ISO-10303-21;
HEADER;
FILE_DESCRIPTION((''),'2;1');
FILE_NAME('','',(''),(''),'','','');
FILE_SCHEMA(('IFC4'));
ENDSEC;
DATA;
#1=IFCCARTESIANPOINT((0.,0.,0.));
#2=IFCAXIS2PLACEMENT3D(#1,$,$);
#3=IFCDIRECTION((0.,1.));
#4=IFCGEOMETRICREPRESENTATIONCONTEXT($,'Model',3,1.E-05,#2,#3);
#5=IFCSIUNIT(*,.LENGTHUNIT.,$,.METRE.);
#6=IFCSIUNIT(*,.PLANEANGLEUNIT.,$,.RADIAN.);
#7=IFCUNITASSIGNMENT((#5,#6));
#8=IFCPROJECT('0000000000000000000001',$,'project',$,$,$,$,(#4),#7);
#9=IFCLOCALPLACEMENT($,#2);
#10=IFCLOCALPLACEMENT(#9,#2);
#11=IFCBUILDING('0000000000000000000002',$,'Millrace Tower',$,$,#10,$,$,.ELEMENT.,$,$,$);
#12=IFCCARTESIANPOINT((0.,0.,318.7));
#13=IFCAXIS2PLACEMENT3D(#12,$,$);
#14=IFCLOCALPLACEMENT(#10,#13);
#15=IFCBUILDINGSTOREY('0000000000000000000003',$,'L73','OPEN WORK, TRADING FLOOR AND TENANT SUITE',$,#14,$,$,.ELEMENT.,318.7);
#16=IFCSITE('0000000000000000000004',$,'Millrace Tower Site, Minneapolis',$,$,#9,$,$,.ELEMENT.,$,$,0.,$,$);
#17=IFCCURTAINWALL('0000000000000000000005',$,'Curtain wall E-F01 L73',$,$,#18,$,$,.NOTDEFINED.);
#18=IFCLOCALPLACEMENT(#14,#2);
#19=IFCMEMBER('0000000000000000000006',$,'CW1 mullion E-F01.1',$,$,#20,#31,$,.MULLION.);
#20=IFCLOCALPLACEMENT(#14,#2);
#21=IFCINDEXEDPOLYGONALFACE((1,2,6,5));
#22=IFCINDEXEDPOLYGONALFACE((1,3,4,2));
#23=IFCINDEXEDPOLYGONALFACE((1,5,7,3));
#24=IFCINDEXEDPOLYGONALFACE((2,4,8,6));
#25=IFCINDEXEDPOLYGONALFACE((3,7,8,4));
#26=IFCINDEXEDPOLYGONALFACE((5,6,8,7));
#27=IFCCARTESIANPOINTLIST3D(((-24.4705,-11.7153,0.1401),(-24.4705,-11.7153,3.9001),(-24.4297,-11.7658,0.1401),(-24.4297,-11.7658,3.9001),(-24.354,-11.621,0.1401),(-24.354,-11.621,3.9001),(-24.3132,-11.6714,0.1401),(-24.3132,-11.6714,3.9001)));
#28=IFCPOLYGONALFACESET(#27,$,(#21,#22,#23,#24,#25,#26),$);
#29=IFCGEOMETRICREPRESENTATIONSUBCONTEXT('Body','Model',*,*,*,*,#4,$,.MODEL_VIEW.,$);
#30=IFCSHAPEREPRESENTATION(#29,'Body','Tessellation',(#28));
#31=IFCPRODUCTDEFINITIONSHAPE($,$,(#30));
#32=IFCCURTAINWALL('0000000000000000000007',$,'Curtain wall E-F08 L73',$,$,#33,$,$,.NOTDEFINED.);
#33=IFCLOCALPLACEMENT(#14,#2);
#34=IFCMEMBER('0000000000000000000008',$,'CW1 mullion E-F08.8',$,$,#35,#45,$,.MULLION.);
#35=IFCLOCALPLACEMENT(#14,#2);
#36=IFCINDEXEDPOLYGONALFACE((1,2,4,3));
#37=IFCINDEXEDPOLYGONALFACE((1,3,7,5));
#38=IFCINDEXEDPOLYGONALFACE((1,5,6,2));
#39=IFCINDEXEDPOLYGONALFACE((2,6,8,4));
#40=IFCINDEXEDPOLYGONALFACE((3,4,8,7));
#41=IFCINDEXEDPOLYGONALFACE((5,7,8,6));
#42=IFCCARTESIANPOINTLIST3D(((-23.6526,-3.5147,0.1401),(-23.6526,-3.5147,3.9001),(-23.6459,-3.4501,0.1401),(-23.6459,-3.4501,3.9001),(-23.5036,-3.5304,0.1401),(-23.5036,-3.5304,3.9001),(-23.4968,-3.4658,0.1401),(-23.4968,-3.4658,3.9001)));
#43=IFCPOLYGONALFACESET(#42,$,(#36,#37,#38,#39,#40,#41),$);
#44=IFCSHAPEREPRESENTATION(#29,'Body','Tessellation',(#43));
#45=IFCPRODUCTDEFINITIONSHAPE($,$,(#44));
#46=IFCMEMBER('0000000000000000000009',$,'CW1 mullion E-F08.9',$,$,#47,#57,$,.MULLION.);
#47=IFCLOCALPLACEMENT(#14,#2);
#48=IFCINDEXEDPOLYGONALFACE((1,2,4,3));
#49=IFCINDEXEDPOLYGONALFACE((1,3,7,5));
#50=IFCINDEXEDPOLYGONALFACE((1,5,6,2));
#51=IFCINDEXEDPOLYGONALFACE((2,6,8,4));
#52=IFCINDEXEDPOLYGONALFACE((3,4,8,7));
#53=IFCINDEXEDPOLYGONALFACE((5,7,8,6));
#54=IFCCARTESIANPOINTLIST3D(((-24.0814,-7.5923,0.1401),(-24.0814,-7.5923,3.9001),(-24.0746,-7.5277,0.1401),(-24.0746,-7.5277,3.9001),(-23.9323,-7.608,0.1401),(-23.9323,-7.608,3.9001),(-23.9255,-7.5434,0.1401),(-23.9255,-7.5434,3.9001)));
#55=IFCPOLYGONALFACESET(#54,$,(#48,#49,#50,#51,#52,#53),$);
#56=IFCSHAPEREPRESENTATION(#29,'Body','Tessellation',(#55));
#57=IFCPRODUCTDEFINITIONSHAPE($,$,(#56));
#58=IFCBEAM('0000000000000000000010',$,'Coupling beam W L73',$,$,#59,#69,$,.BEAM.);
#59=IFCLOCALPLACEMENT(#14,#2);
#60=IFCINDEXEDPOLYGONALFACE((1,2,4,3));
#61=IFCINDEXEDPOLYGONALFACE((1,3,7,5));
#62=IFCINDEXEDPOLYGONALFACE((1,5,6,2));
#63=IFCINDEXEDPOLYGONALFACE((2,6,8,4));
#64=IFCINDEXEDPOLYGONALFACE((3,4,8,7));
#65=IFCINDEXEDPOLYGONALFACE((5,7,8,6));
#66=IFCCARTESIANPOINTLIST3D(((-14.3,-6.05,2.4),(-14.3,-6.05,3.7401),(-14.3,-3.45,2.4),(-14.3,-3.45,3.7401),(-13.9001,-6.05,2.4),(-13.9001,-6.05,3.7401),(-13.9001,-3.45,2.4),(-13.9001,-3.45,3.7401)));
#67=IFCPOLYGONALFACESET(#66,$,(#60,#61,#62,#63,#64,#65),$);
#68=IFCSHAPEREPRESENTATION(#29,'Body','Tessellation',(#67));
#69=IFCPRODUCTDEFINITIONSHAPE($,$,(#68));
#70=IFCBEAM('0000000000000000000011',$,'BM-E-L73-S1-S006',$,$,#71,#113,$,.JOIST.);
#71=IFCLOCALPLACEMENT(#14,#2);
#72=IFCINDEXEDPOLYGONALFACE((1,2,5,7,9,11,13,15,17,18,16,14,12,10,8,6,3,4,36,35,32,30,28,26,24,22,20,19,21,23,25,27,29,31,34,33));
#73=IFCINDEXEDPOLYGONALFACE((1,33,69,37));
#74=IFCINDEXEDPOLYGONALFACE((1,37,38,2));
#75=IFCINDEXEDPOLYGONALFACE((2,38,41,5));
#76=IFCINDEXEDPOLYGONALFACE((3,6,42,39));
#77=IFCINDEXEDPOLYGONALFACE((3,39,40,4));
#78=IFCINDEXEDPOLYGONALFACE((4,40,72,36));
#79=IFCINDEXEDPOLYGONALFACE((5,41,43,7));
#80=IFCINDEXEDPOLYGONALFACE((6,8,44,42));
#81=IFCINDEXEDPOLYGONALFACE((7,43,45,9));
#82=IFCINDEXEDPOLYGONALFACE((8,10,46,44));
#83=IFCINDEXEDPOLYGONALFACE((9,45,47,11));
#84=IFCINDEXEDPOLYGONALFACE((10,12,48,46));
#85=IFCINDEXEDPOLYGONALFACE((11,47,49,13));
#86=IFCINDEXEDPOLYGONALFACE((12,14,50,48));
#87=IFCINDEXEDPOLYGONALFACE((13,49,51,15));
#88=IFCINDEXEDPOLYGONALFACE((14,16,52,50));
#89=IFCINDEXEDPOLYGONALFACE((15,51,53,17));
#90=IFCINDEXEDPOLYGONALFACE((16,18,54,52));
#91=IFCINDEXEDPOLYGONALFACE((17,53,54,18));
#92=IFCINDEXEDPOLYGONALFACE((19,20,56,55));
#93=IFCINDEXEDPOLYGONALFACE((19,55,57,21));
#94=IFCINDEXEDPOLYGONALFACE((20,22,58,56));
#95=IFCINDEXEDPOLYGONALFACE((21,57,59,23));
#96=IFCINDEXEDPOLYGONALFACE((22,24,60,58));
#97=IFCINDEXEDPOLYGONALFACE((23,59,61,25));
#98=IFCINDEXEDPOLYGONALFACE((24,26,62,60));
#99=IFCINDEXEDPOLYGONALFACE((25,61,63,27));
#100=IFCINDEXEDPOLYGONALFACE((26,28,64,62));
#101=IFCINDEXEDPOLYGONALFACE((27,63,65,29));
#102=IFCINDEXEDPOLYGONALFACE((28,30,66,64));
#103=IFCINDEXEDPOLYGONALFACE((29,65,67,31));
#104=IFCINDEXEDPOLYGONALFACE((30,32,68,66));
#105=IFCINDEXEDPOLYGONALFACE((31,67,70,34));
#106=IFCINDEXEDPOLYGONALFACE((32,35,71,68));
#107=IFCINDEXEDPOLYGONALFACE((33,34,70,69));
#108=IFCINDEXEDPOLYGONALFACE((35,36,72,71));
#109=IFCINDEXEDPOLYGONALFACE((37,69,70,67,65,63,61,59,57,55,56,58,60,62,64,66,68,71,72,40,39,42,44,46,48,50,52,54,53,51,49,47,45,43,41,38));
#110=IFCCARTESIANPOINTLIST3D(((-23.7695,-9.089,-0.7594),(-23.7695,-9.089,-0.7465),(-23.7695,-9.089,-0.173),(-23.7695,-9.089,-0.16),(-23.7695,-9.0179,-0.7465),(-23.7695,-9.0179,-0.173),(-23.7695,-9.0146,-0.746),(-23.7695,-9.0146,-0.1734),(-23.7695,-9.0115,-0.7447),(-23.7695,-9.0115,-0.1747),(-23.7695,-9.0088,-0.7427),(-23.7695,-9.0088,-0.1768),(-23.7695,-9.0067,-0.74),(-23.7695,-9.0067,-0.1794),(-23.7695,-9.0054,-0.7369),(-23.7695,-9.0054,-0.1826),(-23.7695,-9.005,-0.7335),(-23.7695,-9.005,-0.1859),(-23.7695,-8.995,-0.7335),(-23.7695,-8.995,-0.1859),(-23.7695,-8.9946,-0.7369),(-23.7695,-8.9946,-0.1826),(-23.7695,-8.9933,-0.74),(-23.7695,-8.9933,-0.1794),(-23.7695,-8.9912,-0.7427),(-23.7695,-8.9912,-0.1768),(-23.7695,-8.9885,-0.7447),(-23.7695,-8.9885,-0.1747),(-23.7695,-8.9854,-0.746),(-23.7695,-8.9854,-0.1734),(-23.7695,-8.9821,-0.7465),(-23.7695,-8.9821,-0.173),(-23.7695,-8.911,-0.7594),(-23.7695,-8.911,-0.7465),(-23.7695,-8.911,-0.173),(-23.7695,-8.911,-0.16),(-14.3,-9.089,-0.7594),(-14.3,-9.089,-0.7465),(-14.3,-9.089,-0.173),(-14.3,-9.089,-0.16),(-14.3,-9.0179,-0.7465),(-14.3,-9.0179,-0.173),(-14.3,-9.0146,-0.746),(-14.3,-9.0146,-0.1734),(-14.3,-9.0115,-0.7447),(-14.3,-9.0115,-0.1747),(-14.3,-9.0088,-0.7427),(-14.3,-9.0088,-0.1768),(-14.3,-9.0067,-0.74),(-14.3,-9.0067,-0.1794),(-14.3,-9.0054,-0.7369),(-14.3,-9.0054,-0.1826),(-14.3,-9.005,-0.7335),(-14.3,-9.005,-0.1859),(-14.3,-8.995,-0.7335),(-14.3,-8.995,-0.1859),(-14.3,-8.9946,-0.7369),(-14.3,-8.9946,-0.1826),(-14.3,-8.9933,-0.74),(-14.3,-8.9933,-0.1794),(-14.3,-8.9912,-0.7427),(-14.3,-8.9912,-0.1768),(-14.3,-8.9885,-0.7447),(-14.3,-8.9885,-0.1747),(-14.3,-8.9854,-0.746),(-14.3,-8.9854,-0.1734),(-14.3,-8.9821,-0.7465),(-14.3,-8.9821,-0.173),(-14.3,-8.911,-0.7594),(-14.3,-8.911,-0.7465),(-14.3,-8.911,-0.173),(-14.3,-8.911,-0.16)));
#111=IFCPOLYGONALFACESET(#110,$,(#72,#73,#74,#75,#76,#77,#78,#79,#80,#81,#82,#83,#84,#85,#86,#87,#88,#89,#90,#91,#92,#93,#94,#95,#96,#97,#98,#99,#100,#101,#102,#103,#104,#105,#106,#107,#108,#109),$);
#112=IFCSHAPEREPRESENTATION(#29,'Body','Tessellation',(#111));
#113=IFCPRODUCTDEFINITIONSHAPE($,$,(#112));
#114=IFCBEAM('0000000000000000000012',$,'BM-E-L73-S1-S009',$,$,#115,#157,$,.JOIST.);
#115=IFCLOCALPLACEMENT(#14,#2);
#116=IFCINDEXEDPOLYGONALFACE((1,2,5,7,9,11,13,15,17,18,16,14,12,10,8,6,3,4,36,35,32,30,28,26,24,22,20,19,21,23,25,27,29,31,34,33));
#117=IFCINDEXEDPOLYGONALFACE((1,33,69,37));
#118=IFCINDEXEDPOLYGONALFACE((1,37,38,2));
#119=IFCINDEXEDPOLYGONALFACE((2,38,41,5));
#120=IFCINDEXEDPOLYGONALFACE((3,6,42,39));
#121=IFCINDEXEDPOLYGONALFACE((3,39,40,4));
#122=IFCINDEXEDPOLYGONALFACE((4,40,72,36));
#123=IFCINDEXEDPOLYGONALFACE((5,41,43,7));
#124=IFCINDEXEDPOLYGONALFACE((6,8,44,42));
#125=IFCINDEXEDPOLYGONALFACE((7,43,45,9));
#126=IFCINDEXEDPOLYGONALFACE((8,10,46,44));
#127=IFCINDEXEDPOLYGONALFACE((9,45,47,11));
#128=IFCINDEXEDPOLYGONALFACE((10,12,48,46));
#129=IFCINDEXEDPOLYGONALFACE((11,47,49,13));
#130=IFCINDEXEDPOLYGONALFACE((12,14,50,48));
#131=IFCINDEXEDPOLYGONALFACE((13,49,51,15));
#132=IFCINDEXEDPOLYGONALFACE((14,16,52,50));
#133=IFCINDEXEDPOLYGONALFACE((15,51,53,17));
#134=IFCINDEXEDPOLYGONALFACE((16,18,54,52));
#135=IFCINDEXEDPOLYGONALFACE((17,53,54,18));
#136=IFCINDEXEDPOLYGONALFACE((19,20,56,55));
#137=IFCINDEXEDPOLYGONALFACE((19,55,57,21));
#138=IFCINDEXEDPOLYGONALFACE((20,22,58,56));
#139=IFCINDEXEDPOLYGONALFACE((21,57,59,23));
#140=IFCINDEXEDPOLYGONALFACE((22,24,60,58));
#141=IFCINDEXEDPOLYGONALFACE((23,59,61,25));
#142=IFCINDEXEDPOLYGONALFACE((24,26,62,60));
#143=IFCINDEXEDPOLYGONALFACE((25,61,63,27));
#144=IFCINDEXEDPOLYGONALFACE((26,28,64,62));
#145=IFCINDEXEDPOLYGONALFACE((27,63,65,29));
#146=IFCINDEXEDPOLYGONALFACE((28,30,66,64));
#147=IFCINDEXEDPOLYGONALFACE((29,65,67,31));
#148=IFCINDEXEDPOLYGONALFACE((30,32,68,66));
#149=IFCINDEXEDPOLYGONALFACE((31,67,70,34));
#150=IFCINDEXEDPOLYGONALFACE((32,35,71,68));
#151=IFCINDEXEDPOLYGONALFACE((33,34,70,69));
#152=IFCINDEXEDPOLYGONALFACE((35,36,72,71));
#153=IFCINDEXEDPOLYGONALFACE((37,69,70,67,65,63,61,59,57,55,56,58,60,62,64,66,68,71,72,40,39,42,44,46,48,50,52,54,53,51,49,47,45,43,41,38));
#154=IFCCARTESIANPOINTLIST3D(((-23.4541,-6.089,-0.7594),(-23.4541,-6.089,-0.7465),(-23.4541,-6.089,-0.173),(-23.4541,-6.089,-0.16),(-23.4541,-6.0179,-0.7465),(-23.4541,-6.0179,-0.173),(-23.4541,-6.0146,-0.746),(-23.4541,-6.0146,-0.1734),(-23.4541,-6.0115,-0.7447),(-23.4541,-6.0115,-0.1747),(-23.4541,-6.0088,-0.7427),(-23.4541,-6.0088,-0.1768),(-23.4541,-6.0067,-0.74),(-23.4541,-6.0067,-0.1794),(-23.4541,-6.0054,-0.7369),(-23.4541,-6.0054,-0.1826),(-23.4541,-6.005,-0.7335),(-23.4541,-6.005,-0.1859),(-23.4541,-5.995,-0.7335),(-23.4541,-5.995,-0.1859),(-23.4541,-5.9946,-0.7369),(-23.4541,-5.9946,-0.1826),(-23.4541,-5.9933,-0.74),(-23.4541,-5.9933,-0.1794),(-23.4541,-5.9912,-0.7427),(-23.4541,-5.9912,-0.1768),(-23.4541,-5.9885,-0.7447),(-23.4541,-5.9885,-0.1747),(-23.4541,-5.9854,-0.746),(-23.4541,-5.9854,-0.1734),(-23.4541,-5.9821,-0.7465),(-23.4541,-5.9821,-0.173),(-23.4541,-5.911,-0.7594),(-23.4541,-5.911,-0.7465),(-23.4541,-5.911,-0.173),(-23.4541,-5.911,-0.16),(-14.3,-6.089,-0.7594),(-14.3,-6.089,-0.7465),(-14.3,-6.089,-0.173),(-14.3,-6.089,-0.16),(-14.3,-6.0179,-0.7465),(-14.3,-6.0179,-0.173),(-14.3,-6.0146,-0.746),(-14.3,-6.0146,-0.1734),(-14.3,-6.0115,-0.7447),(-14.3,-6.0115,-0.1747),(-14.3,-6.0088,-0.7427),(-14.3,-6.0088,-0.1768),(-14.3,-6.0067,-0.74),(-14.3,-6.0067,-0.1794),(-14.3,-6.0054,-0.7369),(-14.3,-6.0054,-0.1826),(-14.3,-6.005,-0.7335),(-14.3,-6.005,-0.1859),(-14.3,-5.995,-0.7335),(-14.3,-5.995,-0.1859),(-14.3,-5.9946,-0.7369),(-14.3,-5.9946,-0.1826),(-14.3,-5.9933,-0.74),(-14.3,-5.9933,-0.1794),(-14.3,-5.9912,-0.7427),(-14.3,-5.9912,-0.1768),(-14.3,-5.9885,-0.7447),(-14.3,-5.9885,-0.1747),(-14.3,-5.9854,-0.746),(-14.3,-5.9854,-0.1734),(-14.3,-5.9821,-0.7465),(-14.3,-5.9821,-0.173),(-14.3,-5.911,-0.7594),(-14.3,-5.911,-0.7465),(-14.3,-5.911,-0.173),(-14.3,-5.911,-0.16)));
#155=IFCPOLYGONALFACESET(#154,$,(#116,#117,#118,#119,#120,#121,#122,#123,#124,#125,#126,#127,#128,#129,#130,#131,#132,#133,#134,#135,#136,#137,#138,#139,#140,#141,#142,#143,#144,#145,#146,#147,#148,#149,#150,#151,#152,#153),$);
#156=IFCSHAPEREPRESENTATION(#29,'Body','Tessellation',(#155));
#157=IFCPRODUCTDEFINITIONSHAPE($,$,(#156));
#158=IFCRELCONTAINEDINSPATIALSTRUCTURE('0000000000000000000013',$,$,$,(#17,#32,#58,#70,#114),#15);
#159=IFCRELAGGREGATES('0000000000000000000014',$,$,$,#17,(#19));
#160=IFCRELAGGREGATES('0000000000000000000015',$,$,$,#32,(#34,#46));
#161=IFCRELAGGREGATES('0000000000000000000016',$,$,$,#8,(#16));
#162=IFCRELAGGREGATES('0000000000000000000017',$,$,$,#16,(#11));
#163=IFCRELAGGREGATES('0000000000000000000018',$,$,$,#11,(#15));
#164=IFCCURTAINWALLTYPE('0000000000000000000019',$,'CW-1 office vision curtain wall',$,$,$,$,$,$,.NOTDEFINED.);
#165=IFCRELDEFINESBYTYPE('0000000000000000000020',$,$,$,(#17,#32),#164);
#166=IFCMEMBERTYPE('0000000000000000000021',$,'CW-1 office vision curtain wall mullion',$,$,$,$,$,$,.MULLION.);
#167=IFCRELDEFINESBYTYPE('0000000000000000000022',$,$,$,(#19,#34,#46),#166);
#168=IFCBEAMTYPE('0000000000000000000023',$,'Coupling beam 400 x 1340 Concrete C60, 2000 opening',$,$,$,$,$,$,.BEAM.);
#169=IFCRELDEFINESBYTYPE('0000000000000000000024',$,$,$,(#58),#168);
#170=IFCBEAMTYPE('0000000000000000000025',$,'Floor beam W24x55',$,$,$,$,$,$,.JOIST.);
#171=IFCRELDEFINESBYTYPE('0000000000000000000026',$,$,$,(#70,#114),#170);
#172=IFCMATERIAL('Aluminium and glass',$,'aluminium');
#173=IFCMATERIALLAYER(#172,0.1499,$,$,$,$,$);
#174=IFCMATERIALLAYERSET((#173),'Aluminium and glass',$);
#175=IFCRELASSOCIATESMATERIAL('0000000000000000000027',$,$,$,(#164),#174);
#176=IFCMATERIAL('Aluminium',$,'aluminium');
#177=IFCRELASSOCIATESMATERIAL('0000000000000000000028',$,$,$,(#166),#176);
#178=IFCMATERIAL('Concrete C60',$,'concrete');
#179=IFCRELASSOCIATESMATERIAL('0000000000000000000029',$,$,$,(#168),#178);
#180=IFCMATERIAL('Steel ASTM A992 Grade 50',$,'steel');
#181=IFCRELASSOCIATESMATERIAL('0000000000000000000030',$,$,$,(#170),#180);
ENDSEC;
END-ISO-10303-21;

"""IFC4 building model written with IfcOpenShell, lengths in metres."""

from ifc_helpers import new_model, si_unit, direction, frame, origin, origin_2d, place, context, subcontext, project, spatial, rectangle, i_section, extrude, material, layer, layer_set, material_profile, profile_set, type_object, element, aggregate, save


model = new_model("IFC4")

# Units and contexts
model_context = context("Model", 3, precision=1e-05, world=origin(), true_north=direction((0.0, 1.0)))
body_context = subcontext(model_context, "Body", "Model", "MODEL_VIEW")
ifc_project = project(units=[si_unit("LENGTHUNIT", "METRE"), si_unit("PLANEANGLEUNIT", "RADIAN")], contexts=[model_context])

# Site, building, storey
site_placement = place(None, origin())
site = spatial("IfcSite", under=ifc_project, at=site_placement, Name="Millrace Tower Site, Minneapolis", CompositionType="ELEMENT", RefElevation=0.0)
building_placement = place(site_placement, origin())
building = spatial("IfcBuilding", under=site, at=building_placement, Name="Millrace Tower", CompositionType="ELEMENT")
storey_placement = place(building_placement, frame((0.0, 0.0, 318.7)))
storey = spatial("IfcBuildingStorey", under=building, at=storey_placement, Name="L73", Description="OPEN WORK, TRADING FLOOR AND TENANT SUITE", CompositionType="ELEMENT", Elevation=318.7)

# Curtain wall, member
ifc_material_1 = material(Name="Aluminium and glass", Category="aluminium")
ifc_layer_1 = layer(ifc_material_1, 0.1499)
ifc_layer_set_1 = layer_set([ifc_layer_1], Name="Aluminium and glass")
curtain_wall_type = type_object("IfcCurtainWallType", Name="CW-1 office vision curtain wall", PredefinedType="NOTDEFINED", material=ifc_layer_set_1)
placement = place(storey_placement, origin())
curtain_wall_1 = element("IfcCurtainWall", 1, at=placement, inside=storey, type_object=curtain_wall_type, Name="Curtain wall E-F01 L73", PredefinedType="NOTDEFINED")
ifc_material_2 = material(Name="Aluminium", Category="aluminium")
ifc_material_profile_1 = material_profile(ifc_material_2, rectangle(XDim=0.0649, YDim=0.1499, at=origin_2d()))
ifc_profile_set_1 = profile_set([ifc_material_profile_1], Name="Aluminium")
member_type = type_object("IfcMemberType", Name="CW-1 office vision curtain wall mullion", PredefinedType="MULLION", material=ifc_profile_set_1)
member_1_placement = place(storey_placement, frame((-24.3918, -11.6934, 0.1401), z_axis=(0.0, 0.0, 1.0), x_axis=(0.62932, -0.777146, 0.0)))
member_1 = element("IfcMember", 2, at=member_1_placement, type_object=member_type, Name="CW1 mullion E-F01.1", PredefinedType="MULLION", context=body_context, shape_type="SweptSolid", body=[
    extrude(rectangle(XDim=0.0649, YDim=0.1499, at=origin_2d()), origin(), (0.0, 0.0, 1.0), 3.76),
])
aggregate(curtain_wall_1, [member_1])

# Curtain wall, members
curtain_wall_2 = element("IfcCurtainWall", 3, at=placement, inside=storey, type_object=curtain_wall_type, Name="Curtain wall E-F08 L73", PredefinedType="NOTDEFINED")
member_2_placement = place(storey_placement, frame((-23.5747, -3.4902, 0.1401), z_axis=(0.0, 0.0, 1.0), x_axis=(-0.104528, -0.994522, 0.0)))
member_2 = element("IfcMember", 4, at=member_2_placement, type_object=member_type, Name="CW1 mullion E-F08.8", PredefinedType="MULLION", context=body_context, shape_type="SweptSolid", body=[
    extrude(rectangle(XDim=0.0649, YDim=0.1499, at=origin_2d()), origin(), (0.0, 0.0, 1.0), 3.76),
])
member_3_placement = place(storey_placement, frame((-24.0034, -7.5679, 0.1401), z_axis=(0.0, 0.0, 1.0), x_axis=(-0.104528, -0.994522, 0.0)))
member_3 = element("IfcMember", 5, at=member_3_placement, type_object=member_type, Name="CW1 mullion E-F08.9", PredefinedType="MULLION", context=body_context, shape_type="SweptSolid", body=[
    extrude(rectangle(XDim=0.0649, YDim=0.1499, at=origin_2d()), origin(), (0.0, 0.0, 1.0), 3.76),
])
aggregate(curtain_wall_2, [member_2, member_3])

# Beams
ifc_material_3 = material(Name="Concrete C60", Category="concrete")
ifc_material_profile_2 = material_profile(ifc_material_3, rectangle(XDim=0.3999, YDim=1.3401, at=origin_2d()))
ifc_profile_set_2 = profile_set([ifc_material_profile_2], Name="Concrete C60")
beam_type_1 = type_object("IfcBeamType", Name="Coupling beam 400 x 1340 Concrete C60, 2000 opening", PredefinedType="BEAM", material=ifc_profile_set_2)
beam_1_placement = place(storey_placement, frame((-14.1001, -6.05, 3.0701), z_axis=(0.0, 1.0, 0.0), x_axis=(-1.0, 0.0, 0.0)))
element("IfcBeam", 6, at=beam_1_placement, inside=storey, type_object=beam_type_1, Name="Coupling beam W L73", PredefinedType="BEAM", context=body_context, shape_type="SweptSolid", body=[
    extrude(rectangle(XDim=0.3999, YDim=1.3401, at=origin_2d()), origin(), (0.0, 0.0, 1.0), 2.6001),
])
ifc_material_4 = material(Name="Steel ASTM A992 Grade 50", Category="steel")
ifc_material_profile_3 = material_profile(ifc_material_4, i_section(OverallWidth=0.178, OverallDepth=0.5994, WebThickness=0.01, FlangeThickness=0.0129, FilletRadius=0.0129, at=origin_2d()))
ifc_profile_set_3 = profile_set([ifc_material_profile_3], Name="Steel ASTM A992 Grade 50")
beam_type_2 = type_object("IfcBeamType", Name="Floor beam W24x55", PredefinedType="JOIST", material=ifc_profile_set_3)
beam_2_placement = place(storey_placement, frame((-23.7695, -9.0, -0.4597), z_axis=(1.0, 0.0, 0.0), x_axis=(0.0, 1.0, 0.0)))
element("IfcBeam", 7, at=beam_2_placement, inside=storey, type_object=beam_type_2, Name="BM-E-L73-S1-S006", PredefinedType="JOIST", context=body_context, shape_type="SweptSolid", body=[
    extrude(i_section(OverallWidth=0.178, OverallDepth=0.5994, WebThickness=0.01, FlangeThickness=0.0129, FilletRadius=0.0129, at=origin_2d()), origin(), (0.0, 0.0, 1.0), 9.4695),
])
beam_3_placement = place(storey_placement, frame((-23.4541, -6.0, -0.4597), z_axis=(1.0, 0.0, 0.0), x_axis=(0.0, 1.0, 0.0)))
element("IfcBeam", 8, at=beam_3_placement, inside=storey, type_object=beam_type_2, Name="BM-E-L73-S1-S009", PredefinedType="JOIST", context=body_context, shape_type="SweptSolid", body=[
    extrude(i_section(OverallWidth=0.178, OverallDepth=0.5994, WebThickness=0.01, FlangeThickness=0.0129, FilletRadius=0.0129, at=origin_2d()), origin(), (0.0, 0.0, 1.0), 9.1541),
])

save(model, "model.ifc")
